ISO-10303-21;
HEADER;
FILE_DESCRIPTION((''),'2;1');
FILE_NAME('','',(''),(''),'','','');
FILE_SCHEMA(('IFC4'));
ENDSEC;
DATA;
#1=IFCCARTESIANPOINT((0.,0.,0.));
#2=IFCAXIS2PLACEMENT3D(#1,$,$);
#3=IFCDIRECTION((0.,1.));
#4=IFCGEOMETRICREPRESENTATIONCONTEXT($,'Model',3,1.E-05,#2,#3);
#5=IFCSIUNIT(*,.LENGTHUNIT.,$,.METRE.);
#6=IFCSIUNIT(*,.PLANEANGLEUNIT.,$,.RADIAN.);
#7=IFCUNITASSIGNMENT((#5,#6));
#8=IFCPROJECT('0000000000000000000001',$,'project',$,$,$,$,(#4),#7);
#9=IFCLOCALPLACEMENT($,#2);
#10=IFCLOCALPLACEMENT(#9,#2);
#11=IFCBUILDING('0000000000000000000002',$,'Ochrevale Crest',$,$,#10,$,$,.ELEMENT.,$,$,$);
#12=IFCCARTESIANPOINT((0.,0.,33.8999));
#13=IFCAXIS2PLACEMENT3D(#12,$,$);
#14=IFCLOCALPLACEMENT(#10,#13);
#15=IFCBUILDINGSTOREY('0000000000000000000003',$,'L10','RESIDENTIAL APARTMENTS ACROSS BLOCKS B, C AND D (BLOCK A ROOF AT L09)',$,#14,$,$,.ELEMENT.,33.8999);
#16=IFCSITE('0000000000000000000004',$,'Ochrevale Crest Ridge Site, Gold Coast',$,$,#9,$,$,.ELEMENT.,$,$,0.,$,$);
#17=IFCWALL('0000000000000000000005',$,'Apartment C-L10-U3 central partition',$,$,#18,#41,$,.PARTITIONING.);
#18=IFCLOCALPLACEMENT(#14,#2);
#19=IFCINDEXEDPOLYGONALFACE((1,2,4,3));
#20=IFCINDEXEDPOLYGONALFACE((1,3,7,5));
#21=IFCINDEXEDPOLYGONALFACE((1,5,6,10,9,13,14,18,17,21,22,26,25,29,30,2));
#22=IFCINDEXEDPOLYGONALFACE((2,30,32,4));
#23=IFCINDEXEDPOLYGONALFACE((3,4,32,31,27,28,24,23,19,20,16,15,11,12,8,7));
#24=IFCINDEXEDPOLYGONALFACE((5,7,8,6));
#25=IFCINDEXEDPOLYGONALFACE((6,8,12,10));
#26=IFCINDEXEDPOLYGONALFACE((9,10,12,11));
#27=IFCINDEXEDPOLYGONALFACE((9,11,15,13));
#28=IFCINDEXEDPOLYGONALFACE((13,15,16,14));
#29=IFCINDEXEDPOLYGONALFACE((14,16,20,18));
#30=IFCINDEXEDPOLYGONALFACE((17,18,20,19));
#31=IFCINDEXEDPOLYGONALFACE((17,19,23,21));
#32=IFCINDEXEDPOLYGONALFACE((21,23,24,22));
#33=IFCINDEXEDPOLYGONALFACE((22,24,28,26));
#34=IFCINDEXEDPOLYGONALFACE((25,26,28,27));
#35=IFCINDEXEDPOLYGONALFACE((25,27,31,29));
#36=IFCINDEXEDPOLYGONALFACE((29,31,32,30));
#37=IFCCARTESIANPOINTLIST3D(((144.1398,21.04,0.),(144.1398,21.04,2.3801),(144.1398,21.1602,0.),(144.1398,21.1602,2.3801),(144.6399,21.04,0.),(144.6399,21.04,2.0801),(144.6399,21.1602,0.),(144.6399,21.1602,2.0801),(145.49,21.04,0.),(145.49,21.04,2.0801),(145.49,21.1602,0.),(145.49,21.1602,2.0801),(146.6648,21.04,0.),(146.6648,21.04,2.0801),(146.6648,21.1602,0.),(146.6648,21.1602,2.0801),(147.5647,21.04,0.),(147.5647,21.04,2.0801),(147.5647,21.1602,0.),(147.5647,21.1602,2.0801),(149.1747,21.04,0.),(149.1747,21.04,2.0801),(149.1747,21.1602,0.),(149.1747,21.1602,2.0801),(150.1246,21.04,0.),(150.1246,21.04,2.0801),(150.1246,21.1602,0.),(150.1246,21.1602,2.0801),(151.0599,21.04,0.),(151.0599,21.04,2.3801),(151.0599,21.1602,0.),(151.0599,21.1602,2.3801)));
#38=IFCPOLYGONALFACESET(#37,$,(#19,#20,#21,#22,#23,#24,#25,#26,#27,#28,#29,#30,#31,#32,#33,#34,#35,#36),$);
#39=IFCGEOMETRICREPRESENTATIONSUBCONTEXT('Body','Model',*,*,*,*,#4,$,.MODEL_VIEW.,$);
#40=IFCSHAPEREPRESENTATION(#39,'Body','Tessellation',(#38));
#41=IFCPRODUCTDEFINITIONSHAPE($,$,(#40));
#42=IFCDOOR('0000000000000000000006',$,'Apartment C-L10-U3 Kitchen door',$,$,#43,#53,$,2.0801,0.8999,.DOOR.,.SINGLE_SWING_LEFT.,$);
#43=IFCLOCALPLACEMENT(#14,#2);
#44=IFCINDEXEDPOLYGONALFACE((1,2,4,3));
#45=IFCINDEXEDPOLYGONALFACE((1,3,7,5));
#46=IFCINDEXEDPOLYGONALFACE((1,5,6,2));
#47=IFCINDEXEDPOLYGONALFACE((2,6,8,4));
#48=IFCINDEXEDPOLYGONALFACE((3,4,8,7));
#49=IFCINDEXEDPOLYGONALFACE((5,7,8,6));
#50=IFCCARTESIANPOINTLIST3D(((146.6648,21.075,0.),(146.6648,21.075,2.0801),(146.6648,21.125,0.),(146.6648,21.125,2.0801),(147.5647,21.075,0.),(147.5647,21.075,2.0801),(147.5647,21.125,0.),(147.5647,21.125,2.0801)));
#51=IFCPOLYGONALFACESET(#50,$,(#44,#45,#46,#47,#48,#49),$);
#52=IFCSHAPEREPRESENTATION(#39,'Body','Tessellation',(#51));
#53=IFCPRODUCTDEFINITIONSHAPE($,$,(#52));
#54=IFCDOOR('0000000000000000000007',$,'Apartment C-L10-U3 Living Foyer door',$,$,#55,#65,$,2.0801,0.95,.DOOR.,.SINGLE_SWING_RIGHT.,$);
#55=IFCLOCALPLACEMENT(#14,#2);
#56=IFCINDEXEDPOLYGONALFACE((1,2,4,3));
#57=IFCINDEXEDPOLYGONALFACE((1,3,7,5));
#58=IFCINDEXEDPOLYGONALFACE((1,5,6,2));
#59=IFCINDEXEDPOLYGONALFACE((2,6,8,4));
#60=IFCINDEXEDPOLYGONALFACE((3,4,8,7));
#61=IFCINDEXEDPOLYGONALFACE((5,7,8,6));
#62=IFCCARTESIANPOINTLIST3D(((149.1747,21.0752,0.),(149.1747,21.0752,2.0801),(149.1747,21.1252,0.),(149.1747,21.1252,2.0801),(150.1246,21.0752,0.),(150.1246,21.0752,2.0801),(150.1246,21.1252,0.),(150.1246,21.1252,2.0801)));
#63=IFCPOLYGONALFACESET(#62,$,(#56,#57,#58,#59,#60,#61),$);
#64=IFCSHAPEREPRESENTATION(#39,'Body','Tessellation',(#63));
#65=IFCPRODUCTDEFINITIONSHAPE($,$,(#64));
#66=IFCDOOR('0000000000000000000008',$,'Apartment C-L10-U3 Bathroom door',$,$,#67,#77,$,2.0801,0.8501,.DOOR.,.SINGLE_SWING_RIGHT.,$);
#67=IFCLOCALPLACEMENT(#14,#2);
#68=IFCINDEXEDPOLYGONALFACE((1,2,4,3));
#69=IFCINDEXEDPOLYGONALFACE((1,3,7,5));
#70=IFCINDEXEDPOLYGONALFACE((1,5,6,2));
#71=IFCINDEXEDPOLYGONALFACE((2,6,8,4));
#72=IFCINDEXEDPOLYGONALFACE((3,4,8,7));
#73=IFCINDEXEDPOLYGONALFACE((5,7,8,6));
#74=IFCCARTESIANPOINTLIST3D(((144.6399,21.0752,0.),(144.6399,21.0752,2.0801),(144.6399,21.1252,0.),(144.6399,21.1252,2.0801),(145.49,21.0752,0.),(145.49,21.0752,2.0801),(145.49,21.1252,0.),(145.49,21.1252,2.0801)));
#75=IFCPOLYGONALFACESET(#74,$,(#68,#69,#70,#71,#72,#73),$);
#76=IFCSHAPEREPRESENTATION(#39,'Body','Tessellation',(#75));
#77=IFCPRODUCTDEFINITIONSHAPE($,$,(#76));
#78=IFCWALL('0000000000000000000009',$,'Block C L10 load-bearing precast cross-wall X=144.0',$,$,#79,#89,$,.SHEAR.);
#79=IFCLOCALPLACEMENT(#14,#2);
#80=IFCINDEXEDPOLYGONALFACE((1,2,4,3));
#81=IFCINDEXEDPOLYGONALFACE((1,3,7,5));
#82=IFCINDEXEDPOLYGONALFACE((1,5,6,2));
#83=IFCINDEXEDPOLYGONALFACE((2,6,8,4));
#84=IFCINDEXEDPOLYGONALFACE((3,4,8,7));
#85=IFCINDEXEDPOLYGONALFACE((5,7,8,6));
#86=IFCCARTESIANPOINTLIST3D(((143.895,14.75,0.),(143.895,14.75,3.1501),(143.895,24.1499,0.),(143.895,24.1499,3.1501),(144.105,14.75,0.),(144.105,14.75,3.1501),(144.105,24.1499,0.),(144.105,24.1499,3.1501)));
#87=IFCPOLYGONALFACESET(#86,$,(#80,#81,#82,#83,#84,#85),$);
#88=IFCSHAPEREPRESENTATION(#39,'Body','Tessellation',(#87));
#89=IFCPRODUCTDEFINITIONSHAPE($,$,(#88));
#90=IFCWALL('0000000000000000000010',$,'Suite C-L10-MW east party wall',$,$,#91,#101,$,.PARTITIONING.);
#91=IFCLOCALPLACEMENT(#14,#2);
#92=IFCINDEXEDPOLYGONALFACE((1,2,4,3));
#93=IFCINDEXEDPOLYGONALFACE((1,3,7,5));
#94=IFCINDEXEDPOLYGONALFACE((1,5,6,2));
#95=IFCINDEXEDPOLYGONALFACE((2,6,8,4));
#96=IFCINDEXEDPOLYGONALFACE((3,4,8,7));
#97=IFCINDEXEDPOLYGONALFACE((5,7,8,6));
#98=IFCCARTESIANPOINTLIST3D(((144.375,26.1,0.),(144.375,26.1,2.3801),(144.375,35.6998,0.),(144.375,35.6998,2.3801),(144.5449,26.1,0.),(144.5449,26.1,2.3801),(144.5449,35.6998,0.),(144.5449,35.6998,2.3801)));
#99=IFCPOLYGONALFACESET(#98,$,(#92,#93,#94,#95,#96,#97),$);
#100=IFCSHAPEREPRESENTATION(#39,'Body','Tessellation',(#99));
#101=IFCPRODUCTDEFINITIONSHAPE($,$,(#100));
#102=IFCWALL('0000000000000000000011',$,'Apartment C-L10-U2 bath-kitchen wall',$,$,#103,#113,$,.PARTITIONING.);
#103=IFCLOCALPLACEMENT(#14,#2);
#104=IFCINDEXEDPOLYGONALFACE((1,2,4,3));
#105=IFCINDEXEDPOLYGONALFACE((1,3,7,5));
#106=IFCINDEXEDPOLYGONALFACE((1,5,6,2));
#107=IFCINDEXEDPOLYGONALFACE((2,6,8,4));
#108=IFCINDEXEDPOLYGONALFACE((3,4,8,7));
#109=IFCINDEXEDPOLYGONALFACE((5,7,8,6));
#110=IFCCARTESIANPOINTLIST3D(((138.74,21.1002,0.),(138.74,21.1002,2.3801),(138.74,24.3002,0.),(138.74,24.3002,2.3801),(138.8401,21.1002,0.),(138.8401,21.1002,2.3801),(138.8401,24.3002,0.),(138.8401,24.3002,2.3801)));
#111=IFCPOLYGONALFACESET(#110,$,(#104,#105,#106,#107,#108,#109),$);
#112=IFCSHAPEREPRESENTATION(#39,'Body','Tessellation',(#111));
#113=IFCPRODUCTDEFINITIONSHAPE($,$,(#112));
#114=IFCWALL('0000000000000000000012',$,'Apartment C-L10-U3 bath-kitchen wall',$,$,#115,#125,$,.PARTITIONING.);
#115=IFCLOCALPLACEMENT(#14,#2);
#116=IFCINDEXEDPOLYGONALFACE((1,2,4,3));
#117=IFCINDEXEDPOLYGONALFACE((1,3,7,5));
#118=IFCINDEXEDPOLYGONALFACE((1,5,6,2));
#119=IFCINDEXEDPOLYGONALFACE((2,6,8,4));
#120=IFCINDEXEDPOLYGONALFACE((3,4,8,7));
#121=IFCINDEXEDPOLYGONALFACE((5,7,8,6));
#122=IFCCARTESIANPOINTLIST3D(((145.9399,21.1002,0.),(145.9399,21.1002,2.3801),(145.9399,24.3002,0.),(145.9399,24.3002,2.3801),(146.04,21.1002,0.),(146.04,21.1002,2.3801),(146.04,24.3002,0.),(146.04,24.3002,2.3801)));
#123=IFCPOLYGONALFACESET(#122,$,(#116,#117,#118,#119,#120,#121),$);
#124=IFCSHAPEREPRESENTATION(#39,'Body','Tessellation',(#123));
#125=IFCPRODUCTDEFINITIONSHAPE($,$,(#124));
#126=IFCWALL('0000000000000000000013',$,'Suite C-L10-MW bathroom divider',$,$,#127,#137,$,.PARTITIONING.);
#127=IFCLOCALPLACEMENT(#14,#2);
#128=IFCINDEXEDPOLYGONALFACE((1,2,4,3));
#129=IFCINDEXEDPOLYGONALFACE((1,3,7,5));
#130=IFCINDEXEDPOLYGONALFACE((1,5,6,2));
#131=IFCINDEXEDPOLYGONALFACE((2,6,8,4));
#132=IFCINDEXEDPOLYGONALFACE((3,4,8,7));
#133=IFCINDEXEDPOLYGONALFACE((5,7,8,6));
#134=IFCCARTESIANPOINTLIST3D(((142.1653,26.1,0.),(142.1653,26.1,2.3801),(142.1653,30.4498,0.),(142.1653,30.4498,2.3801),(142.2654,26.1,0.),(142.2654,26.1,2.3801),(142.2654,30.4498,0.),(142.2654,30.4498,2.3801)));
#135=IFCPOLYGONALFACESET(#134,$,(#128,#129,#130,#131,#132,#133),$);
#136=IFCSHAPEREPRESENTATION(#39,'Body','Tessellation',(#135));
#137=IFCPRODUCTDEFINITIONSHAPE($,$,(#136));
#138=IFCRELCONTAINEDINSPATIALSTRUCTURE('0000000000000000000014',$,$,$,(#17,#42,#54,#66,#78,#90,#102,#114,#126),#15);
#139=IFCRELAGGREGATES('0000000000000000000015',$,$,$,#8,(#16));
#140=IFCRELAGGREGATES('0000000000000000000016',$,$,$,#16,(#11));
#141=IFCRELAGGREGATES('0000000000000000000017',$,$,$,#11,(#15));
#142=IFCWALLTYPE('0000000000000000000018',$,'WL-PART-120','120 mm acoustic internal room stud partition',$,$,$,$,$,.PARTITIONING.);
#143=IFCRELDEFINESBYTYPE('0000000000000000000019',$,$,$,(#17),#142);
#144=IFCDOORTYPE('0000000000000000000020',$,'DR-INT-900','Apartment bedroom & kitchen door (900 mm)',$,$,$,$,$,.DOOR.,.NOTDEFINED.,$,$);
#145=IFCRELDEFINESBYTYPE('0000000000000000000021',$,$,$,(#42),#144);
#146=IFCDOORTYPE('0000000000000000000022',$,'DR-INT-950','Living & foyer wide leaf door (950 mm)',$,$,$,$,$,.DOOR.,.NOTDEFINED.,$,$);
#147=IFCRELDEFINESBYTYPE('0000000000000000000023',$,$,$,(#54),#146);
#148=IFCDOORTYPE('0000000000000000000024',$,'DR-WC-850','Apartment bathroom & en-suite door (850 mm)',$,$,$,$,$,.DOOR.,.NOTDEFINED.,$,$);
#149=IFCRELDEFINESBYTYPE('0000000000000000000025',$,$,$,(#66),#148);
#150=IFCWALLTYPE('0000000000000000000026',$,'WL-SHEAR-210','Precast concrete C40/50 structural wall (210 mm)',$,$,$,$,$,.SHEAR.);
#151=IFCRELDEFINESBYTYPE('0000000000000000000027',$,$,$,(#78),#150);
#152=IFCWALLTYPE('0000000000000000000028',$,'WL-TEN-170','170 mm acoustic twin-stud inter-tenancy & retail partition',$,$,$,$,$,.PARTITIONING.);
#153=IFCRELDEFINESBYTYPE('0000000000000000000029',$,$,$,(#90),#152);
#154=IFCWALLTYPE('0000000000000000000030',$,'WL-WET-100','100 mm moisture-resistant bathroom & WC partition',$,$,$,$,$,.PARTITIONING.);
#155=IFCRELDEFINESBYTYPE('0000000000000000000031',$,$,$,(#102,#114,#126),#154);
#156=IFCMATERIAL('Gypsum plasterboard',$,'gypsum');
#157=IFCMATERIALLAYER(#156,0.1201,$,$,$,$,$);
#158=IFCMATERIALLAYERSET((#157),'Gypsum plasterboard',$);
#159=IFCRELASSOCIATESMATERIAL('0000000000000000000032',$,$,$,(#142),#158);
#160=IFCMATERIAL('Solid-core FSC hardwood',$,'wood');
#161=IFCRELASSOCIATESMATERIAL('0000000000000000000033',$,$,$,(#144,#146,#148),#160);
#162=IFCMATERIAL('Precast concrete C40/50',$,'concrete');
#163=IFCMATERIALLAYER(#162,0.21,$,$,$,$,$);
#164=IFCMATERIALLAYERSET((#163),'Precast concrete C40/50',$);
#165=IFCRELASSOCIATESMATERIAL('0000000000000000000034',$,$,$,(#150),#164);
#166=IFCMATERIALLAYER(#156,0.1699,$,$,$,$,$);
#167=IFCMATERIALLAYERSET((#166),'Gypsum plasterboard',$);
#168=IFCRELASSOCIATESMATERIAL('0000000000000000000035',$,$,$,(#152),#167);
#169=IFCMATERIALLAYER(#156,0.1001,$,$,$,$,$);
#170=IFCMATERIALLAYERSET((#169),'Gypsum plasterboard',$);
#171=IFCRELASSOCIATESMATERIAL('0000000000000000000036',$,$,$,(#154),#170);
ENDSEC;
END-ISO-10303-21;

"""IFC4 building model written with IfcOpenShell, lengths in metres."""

from ifc_helpers import new_model, si_unit, direction, frame, frame_2d, origin, place, context, subcontext, project, spatial, rectangle, extrude, material, layer, layer_set, type_object, element, fill, save


model = new_model("IFC4")

# Units and contexts
model_context = context("Model", 3, precision=1e-05, world=origin(), true_north=direction((0.0, 1.0)))
body_context = subcontext(model_context, "Body", "Model", "MODEL_VIEW")
ifc_project = project(units=[si_unit("LENGTHUNIT", "METRE"), si_unit("PLANEANGLEUNIT", "RADIAN")], contexts=[model_context])

# Site, building, storey
site_placement = place(None, origin())
site = spatial("IfcSite", under=ifc_project, at=site_placement, Name="Ochrevale Crest Ridge Site, Gold Coast", CompositionType="ELEMENT", RefElevation=0.0)
building_placement = place(site_placement, origin())
building = spatial("IfcBuilding", under=site, at=building_placement, Name="Ochrevale Crest", CompositionType="ELEMENT")
storey_placement = place(building_placement, frame((0.0, 0.0, 33.8999)))
storey = spatial("IfcBuildingStorey", under=building, at=storey_placement, Name="L10", Description="RESIDENTIAL APARTMENTS ACROSS BLOCKS B, C AND D (BLOCK A ROOF AT L09)", CompositionType="ELEMENT", Elevation=33.8999)

# Shared definitions
ifc_material_1 = material(Name="Precast concrete C40/50", Category="concrete")

# Shared definitions
ifc_material_2 = material(Name="Gypsum plasterboard", Category="gypsum")
ifc_material_3 = material(Name="Solid-core FSC hardwood", Category="wood")

# Shared definitions
ifc_layer_1 = layer(ifc_material_2, 0.1201)
ifc_layer_set_1 = layer_set([ifc_layer_1], Name="Gypsum plasterboard")
wall_type_1 = type_object("IfcWallType", Name="WL-PART-120", Description="120 mm acoustic internal room stud partition", PredefinedType="PARTITIONING", material=ifc_layer_set_1)

# Shared definitions
door_type_1 = type_object("IfcDoorType", Name="DR-INT-900", Description="Apartment bedroom & kitchen door (900 mm)", OperationType="NOTDEFINED", PredefinedType="DOOR", material=ifc_material_3)

# Wall, openings, doors
wall_1_placement = place(storey_placement, frame((144.1399, 21.1001, 0.0), z_axis=(0.0, 0.0, 1.0), x_axis=(1.0, 0.0, 0.0)))
wall_1 = element("IfcWall", 1, at=wall_1_placement, inside=storey, type_object=wall_type_1, Name="Apartment C-L10-U3 central partition", PredefinedType="PARTITIONING", context=body_context, shape_type="SweptSolid", body=[
    extrude(rectangle(XDim=6.9202, YDim=0.1201, at=frame_2d((3.46, 0.0))), origin(), (0.0, 0.0, 1.0), 2.3801),
])
opening_1_placement = place(wall_1_placement, frame((1.3501, 0.0, 0.0), z_axis=(0.0, 0.0, 1.0), x_axis=(-1.0, 0.0, 0.0)))
opening_1 = element("IfcOpeningElement", 2, at=opening_1_placement, cuts=wall_1, PredefinedType="OPENING", context=body_context, shape_type="SweptSolid", body=[
    extrude(rectangle(XDim=0.8501, YDim=2.0801, at=frame_2d((0.425, 1.04))), frame((0.0, 0.0701, 0.0), z_axis=(0.0, -1.0, 0.0), x_axis=(1.0, 0.0, 0.0)), (0.0, 0.0, 1.0), 0.1401),
])
opening_2_placement = place(wall_1_placement, frame((2.5249, 0.0, 0.0)))
opening_2 = element("IfcOpeningElement", 3, at=opening_2_placement, cuts=wall_1, PredefinedType="OPENING", context=body_context, shape_type="SweptSolid", body=[
    extrude(rectangle(XDim=0.8999, YDim=2.0801, at=frame_2d((0.45, 1.04))), frame((0.0, 0.0701, 0.0), z_axis=(0.0, -1.0, 0.0), x_axis=(1.0, 0.0, 0.0)), (0.0, 0.0, 1.0), 0.1401),
])
opening_3_placement = place(wall_1_placement, frame((5.9849, 0.0, 0.0), z_axis=(0.0, 0.0, 1.0), x_axis=(-1.0, 0.0, 0.0)))
opening_3 = element("IfcOpeningElement", 4, at=opening_3_placement, cuts=wall_1, PredefinedType="OPENING", context=body_context, shape_type="SweptSolid", body=[
    extrude(rectangle(XDim=0.95, YDim=2.0801, at=frame_2d((0.4751, 1.04))), frame((0.0, 0.0701, 0.0), z_axis=(0.0, -1.0, 0.0), x_axis=(1.0, 0.0, 0.0)), (0.0, 0.0, 1.0), 0.1401),
])
door_1_placement = place(opening_2_placement, origin())
door_1 = element("IfcDoor", 5, at=door_1_placement, inside=storey, type_object=door_type_1, Name="Apartment C-L10-U3 Kitchen door", OperationType="SINGLE_SWING_LEFT", OverallHeight=2.0801, OverallWidth=0.8999, PredefinedType="DOOR", context=body_context, shape_type="SweptSolid", body=[
    extrude(rectangle(XDim=0.8999, YDim=2.0801, at=frame_2d((0.45, 1.04))), frame((0.0, 0.0249, 0.0), z_axis=(0.0, -1.0, 0.0), x_axis=(1.0, 0.0, 0.0)), (0.0, 0.0, 1.0), 0.05),
])
fill(opening_2, door_1)
door_type_2 = type_object("IfcDoorType", Name="DR-INT-950", Description="Living & foyer wide leaf door (950 mm)", OperationType="NOTDEFINED", PredefinedType="DOOR", material=ifc_material_3)
door_2_placement = place(opening_3_placement, origin())
door_2 = element("IfcDoor", 6, at=door_2_placement, inside=storey, type_object=door_type_2, Name="Apartment C-L10-U3 Living Foyer door", OperationType="SINGLE_SWING_RIGHT", OverallHeight=2.0801, OverallWidth=0.95, PredefinedType="DOOR", context=body_context, shape_type="SweptSolid", body=[
    extrude(rectangle(XDim=0.95, YDim=2.0801, at=frame_2d((0.4751, 1.04))), frame((0.0, 0.0249, 0.0), z_axis=(0.0, -1.0, 0.0), x_axis=(1.0, 0.0, 0.0)), (0.0, 0.0, 1.0), 0.05),
])
fill(opening_3, door_2)
door_type_3 = type_object("IfcDoorType", Name="DR-WC-850", Description="Apartment bathroom & en-suite door (850 mm)", OperationType="NOTDEFINED", PredefinedType="DOOR", material=ifc_material_3)
door_3_placement = place(opening_1_placement, origin())
door_3 = element("IfcDoor", 7, at=door_3_placement, inside=storey, type_object=door_type_3, Name="Apartment C-L10-U3 Bathroom door", OperationType="SINGLE_SWING_RIGHT", OverallHeight=2.0801, OverallWidth=0.8501, PredefinedType="DOOR", context=body_context, shape_type="SweptSolid", body=[
    extrude(rectangle(XDim=0.8501, YDim=2.0801, at=frame_2d((0.425, 1.04))), frame((0.0, 0.0249, 0.0), z_axis=(0.0, -1.0, 0.0), x_axis=(1.0, 0.0, 0.0)), (0.0, 0.0, 1.0), 0.05),
])
fill(opening_1, door_3)

# Walls
ifc_layer_2 = layer(ifc_material_1, 0.21)
ifc_layer_set_2 = layer_set([ifc_layer_2], Name="Precast concrete C40/50")
wall_type_2 = type_object("IfcWallType", Name="WL-SHEAR-210", Description="Precast concrete C40/50 structural wall (210 mm)", PredefinedType="SHEAR", material=ifc_layer_set_2)
wall_2_placement = place(storey_placement, frame((144.0, 14.75, 0.0), z_axis=(0.0, 0.0, 1.0), x_axis=(0.0, 1.0, 0.0)))
element("IfcWall", 8, at=wall_2_placement, inside=storey, type_object=wall_type_2, Name="Block C L10 load-bearing precast cross-wall X=144.0", PredefinedType="SHEAR", context=body_context, shape_type="SweptSolid", body=[
    extrude(rectangle(XDim=9.3999, YDim=0.21, at=frame_2d((4.7, 0.0))), origin(), (0.0, 0.0, 1.0), 3.1501),
])
ifc_layer_3 = layer(ifc_material_2, 0.1699)
ifc_layer_set_3 = layer_set([ifc_layer_3], Name="Gypsum plasterboard")
wall_type_3 = type_object("IfcWallType", Name="WL-TEN-170", Description="170 mm acoustic twin-stud inter-tenancy & retail partition", PredefinedType="PARTITIONING", material=ifc_layer_set_3)
wall_3_placement = place(storey_placement, frame((144.46, 26.1001, 0.0), z_axis=(0.0, 0.0, 1.0), x_axis=(0.0, 1.0, 0.0)))
element("IfcWall", 9, at=wall_3_placement, inside=storey, type_object=wall_type_3, Name="Suite C-L10-MW east party wall", PredefinedType="PARTITIONING", context=body_context, shape_type="SweptSolid", body=[
    extrude(rectangle(XDim=9.5999, YDim=0.1699, at=frame_2d((4.7998, 0.0))), origin(), (0.0, 0.0, 1.0), 2.3801),
])
ifc_layer_4 = layer(ifc_material_2, 0.1001)
ifc_layer_set_4 = layer_set([ifc_layer_4], Name="Gypsum plasterboard")
wall_type_4 = type_object("IfcWallType", Name="WL-WET-100", Description="100 mm moisture-resistant bathroom & WC partition", PredefinedType="PARTITIONING", material=ifc_layer_set_4)
for number, where, z_axis, x_axis, name in (
    (10, (138.79, 21.1001, 0.0), (0.0, 0.0, 1.0), (0.0, 1.0, 0.0), "Apartment C-L10-U2 bath-kitchen wall"),
    (11, (145.99, 21.1001, 0.0), (0.0, 0.0, 1.0), (0.0, 1.0, 0.0), "Apartment C-L10-U3 bath-kitchen wall"),
):
    element("IfcWall", number, at=place(storey_placement, frame(where, z_axis=z_axis, x_axis=x_axis)), inside=storey, type_object=wall_type_4, Name=name, PredefinedType="PARTITIONING", context=body_context, shape_type="SweptSolid", body=[
        extrude(rectangle(XDim=3.2, YDim=0.1001, at=frame_2d((1.6001, 0.0))), origin(), (0.0, 0.0, 1.0), 2.3801),
    ])
wall_4_placement = place(storey_placement, frame((142.2153, 26.1001, 0.0), z_axis=(0.0, 0.0, 1.0), x_axis=(0.0, 1.0, 0.0)))
element("IfcWall", 12, at=wall_4_placement, inside=storey, type_object=wall_type_4, Name="Suite C-L10-MW bathroom divider", PredefinedType="PARTITIONING", context=body_context, shape_type="SweptSolid", body=[
    extrude(rectangle(XDim=4.3499, YDim=0.1001, at=frame_2d((2.1748, 0.0))), origin(), (0.0, 0.0, 1.0), 2.3801),
])

save(model, "model.ifc")
